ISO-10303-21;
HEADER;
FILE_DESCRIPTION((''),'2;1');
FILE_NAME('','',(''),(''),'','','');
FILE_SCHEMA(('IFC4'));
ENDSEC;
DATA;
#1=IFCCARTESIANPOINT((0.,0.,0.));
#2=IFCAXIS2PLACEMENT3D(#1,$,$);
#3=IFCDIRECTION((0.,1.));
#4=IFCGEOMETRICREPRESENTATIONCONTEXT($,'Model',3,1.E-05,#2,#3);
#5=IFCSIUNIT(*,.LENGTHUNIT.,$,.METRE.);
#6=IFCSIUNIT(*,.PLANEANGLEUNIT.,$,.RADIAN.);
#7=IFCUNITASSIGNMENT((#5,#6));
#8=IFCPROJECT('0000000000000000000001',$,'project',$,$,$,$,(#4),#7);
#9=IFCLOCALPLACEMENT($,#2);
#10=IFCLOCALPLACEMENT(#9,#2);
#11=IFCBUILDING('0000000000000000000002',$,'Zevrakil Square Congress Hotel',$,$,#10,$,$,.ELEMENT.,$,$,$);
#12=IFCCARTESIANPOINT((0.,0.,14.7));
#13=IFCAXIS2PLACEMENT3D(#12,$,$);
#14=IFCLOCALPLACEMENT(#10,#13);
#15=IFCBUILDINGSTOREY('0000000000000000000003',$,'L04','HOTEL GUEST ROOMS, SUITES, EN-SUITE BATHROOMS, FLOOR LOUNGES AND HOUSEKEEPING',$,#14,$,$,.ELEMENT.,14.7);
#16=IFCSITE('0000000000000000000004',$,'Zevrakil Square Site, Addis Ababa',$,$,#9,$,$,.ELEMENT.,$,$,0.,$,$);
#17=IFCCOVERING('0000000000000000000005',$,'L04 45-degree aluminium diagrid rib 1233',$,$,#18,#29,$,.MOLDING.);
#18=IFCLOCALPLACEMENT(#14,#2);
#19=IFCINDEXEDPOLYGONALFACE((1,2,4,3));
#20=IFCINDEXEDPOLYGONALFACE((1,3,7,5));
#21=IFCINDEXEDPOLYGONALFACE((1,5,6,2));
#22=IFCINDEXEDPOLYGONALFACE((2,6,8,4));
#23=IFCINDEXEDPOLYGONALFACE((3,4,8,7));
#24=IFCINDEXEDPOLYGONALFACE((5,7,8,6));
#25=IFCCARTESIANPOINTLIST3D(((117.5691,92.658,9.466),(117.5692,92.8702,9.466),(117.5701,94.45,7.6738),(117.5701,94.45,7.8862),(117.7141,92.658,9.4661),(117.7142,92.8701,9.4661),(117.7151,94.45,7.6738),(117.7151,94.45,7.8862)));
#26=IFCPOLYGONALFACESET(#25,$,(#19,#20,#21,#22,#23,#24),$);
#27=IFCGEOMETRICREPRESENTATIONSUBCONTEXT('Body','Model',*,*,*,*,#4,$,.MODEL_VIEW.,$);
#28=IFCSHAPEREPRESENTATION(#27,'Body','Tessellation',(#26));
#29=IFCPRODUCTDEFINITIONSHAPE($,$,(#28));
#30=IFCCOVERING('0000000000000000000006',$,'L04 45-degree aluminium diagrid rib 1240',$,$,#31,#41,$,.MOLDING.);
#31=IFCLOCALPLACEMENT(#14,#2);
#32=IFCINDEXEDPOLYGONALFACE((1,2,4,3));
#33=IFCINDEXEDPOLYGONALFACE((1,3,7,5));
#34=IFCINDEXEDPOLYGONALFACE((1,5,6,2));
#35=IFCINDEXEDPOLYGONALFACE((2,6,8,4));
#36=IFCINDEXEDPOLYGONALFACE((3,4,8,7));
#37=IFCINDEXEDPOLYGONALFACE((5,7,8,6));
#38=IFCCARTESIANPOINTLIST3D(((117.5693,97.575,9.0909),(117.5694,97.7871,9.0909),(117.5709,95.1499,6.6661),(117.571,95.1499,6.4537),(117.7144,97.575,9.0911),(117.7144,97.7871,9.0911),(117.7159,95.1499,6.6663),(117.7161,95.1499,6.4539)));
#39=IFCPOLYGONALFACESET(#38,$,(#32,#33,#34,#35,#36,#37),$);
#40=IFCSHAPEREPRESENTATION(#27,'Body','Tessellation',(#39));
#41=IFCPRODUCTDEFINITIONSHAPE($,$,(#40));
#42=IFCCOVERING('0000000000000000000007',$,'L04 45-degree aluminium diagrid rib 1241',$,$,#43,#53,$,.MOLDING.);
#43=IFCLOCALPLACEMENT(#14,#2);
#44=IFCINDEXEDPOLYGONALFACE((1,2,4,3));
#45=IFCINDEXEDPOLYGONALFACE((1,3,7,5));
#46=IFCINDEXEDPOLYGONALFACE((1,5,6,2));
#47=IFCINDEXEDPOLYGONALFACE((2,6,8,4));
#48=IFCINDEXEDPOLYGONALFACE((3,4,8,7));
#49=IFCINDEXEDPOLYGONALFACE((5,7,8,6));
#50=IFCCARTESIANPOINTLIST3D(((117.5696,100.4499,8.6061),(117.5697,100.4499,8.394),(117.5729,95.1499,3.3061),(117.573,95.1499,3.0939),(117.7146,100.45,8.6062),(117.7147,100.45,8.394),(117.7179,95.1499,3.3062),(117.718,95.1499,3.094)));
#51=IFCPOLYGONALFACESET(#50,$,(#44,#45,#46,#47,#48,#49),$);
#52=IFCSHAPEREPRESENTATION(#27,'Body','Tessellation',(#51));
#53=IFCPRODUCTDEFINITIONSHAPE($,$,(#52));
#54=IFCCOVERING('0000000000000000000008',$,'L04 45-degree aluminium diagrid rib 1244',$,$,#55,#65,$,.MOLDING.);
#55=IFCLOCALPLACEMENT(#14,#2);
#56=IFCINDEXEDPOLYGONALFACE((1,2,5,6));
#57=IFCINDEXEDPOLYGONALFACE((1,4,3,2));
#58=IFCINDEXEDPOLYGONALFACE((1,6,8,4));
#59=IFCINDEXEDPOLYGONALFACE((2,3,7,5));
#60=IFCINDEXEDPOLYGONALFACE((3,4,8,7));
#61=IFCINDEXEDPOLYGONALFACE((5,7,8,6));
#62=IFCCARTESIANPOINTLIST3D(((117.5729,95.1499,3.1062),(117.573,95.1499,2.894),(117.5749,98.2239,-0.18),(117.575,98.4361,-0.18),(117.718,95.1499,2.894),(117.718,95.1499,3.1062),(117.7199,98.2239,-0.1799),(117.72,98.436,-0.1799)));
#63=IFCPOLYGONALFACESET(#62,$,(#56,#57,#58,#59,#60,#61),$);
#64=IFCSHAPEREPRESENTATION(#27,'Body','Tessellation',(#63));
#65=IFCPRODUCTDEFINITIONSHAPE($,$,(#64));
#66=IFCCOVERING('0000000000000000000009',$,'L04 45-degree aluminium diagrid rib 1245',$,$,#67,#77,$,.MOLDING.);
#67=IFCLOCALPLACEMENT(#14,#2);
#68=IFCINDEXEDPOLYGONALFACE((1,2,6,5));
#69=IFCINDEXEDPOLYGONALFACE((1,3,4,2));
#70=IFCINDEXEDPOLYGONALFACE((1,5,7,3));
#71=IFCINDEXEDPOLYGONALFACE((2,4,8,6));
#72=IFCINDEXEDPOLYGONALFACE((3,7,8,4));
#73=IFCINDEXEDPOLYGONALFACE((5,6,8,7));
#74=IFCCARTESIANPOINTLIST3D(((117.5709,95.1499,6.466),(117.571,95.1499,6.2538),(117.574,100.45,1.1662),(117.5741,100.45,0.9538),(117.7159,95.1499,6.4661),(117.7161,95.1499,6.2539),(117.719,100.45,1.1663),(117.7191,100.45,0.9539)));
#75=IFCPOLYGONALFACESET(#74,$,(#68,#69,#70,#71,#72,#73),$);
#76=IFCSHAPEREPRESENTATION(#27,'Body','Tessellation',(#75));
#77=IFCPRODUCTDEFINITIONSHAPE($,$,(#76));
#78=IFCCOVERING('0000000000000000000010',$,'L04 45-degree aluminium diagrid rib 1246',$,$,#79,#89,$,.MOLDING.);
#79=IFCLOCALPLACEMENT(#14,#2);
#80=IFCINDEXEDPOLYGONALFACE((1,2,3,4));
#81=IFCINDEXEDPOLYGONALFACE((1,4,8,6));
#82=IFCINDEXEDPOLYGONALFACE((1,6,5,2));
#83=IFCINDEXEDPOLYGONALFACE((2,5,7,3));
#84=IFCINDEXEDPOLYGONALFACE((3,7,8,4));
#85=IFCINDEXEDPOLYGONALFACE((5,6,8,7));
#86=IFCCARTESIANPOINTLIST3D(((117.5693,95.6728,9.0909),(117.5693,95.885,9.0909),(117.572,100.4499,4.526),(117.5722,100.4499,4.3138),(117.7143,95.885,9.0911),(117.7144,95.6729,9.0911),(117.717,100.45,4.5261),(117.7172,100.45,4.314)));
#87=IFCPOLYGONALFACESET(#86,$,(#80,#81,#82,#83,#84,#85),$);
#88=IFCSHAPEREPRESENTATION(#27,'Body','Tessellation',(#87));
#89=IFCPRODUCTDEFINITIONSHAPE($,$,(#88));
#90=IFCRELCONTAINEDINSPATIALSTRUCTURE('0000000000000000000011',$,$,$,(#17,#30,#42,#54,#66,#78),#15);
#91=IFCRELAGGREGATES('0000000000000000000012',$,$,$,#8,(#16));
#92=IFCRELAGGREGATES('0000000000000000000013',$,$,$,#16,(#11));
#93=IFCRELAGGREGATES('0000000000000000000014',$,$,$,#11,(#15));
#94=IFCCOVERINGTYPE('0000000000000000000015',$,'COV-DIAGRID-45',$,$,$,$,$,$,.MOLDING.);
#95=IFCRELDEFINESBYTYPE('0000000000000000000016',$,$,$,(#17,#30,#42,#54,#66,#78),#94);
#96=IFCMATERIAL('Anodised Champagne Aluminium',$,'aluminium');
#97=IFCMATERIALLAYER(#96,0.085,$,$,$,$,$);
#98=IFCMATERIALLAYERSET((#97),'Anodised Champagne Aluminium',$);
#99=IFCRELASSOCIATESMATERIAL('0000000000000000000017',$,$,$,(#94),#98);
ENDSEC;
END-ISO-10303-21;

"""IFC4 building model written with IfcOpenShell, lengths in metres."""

from ifc_helpers import new_model, si_unit, direction, frame, origin, place, context, subcontext, project, spatial, polyline, outline, extrude, material, layer, layer_set, type_object, element, save


model = new_model("IFC4")

# Units and contexts
model_context = context("Model", 3, precision=1e-05, world=origin(), true_north=direction((0.0, 1.0)))
body_context = subcontext(model_context, "Body", "Model", "MODEL_VIEW")
ifc_project = project(units=[si_unit("LENGTHUNIT", "METRE"), si_unit("PLANEANGLEUNIT", "RADIAN")], contexts=[model_context])

# Site, building, storey
site_placement = place(None, origin())
site = spatial("IfcSite", under=ifc_project, at=site_placement, Name="Zevrakil Square Site, Addis Ababa", CompositionType="ELEMENT", RefElevation=0.0)
building_placement = place(site_placement, origin())
building = spatial("IfcBuilding", under=site, at=building_placement, Name="Zevrakil Square Congress Hotel", CompositionType="ELEMENT")
storey_placement = place(building_placement, frame((0.0, 0.0, 14.7)))
storey = spatial("IfcBuildingStorey", under=building, at=storey_placement, Name="L04", Description="HOTEL GUEST ROOMS, SUITES, EN-SUITE BATHROOMS, FLOOR LOUNGES AND HOUSEKEEPING", CompositionType="ELEMENT", Elevation=14.7)

# Coverings
ifc_material_1 = material(Name="Anodised Champagne Aluminium", Category="aluminium")
ifc_layer_1 = layer(ifc_material_1, 0.085)
ifc_layer_set_1 = layer_set([ifc_layer_1], Name="Anodised Champagne Aluminium")
covering_type_1 = type_object("IfcCoveringType", Name="COV-DIAGRID-45", PredefinedType="MOLDING", material=ifc_layer_set_1)
covering_1_placement = place(storey_placement, frame((117.7141, 92.658, 9.4661), z_axis=(1.0, -0.00029, 0.000289), x_axis=(0.00029, 1.0, 0.0)))
element("IfcCovering", 1, at=covering_1_placement, inside=storey, type_object=covering_type_1, Name="L04 45-degree aluminium diagrid rib 1233", PredefinedType="MOLDING", context=body_context, shape_type="SweptSolid", body=[
    extrude(outline(polyline([(0.0, 0.0), (0.2122, 0.0), (1.792, -1.5798), (1.792, -1.7922), (0.0, 0.0)])), origin(), (0.0, 0.0, -1.0), 0.145),
])
covering_2_placement = place(storey_placement, frame((117.7161, 95.1499, 6.4539), z_axis=(1.0, -0.000261, 0.000888), x_axis=(-0.000888, 0.0, 1.0)))
element("IfcCovering", 2, at=covering_2_placement, inside=storey, type_object=covering_type_1, Name="L04 45-degree aluminium diagrid rib 1240", PredefinedType="MOLDING", context=body_context, shape_type="SweptSolid", body=[
    extrude(outline(polyline([(0.0, 0.0), (0.2124, 0.0), (2.6372, -2.425), (2.6372, -2.6372), (0.0, 0.0)])), origin(), (0.0, 0.0, -1.0), 0.145),
])
covering_3_placement = place(storey_placement, frame((117.718, 95.1499, 3.094), z_axis=(1.0, 0.000046, 0.000575), x_axis=(-0.000575, 0.0, 1.0)))
element("IfcCovering", 3, at=covering_3_placement, inside=storey, type_object=covering_type_1, Name="L04 45-degree aluminium diagrid rib 1241", PredefinedType="MOLDING", context=body_context, shape_type="SweptSolid", body=[
    extrude(outline(polyline([(0.0, 0.0), (0.2122, 0.0), (5.5122, -5.3), (5.3, -5.3), (0.0, 0.0)])), origin(), (0.0, 0.0, -1.0), 0.145),
])
covering_4_placement = place(storey_placement, frame((117.718, 95.1499, 2.894), z_axis=(1.0, -0.000307, 0.000307), x_axis=(-0.000307, 0.0, 1.0)))
element("IfcCovering", 4, at=covering_4_placement, inside=storey, type_object=covering_type_1, Name="L04 45-degree aluminium diagrid rib 1244", PredefinedType="MOLDING", context=body_context, shape_type="SweptSolid", body=[
    extrude(outline(polyline([(0.0, 0.0), (0.2122, 0.0), (-3.074, -3.2861), (-3.074, -3.074), (0.0, 0.0)])), origin(), (0.0, 0.0, -1.0), 0.145),
])
covering_5_placement = place(storey_placement, frame((117.7161, 95.1499, 6.2539), z_axis=(1.0, -0.000001, 0.000575), x_axis=(-0.000575, 0.0, 1.0)))
element("IfcCovering", 5, at=covering_5_placement, inside=storey, type_object=covering_type_1, Name="L04 45-degree aluminium diagrid rib 1245", PredefinedType="MOLDING", context=body_context, shape_type="SweptSolid", body=[
    extrude(outline(polyline([(0.0, 0.0), (0.2122, 0.0), (-5.0876, -5.3), (-5.3, -5.3), (0.0, 0.0)])), origin(), (0.0, 0.0, -1.0), 0.145),
])
covering_6_placement = place(storey_placement, frame((117.7144, 95.6729, 9.0911), z_axis=(1.0, 0.000275, 0.000876), x_axis=(-0.000275, 1.0, 0.0)))
element("IfcCovering", 6, at=covering_6_placement, inside=storey, type_object=covering_type_1, Name="L04 45-degree aluminium diagrid rib 1246", PredefinedType="MOLDING", context=body_context, shape_type="SweptSolid", body=[
    extrude(outline(polyline([(0.0, 0.0), (0.2122, 0.0), (4.7771, -4.5649), (4.7771, -4.7771), (0.0, 0.0)])), origin(), (0.0, 0.0, -1.0), 0.145),
])

save(model, "model.ifc")
